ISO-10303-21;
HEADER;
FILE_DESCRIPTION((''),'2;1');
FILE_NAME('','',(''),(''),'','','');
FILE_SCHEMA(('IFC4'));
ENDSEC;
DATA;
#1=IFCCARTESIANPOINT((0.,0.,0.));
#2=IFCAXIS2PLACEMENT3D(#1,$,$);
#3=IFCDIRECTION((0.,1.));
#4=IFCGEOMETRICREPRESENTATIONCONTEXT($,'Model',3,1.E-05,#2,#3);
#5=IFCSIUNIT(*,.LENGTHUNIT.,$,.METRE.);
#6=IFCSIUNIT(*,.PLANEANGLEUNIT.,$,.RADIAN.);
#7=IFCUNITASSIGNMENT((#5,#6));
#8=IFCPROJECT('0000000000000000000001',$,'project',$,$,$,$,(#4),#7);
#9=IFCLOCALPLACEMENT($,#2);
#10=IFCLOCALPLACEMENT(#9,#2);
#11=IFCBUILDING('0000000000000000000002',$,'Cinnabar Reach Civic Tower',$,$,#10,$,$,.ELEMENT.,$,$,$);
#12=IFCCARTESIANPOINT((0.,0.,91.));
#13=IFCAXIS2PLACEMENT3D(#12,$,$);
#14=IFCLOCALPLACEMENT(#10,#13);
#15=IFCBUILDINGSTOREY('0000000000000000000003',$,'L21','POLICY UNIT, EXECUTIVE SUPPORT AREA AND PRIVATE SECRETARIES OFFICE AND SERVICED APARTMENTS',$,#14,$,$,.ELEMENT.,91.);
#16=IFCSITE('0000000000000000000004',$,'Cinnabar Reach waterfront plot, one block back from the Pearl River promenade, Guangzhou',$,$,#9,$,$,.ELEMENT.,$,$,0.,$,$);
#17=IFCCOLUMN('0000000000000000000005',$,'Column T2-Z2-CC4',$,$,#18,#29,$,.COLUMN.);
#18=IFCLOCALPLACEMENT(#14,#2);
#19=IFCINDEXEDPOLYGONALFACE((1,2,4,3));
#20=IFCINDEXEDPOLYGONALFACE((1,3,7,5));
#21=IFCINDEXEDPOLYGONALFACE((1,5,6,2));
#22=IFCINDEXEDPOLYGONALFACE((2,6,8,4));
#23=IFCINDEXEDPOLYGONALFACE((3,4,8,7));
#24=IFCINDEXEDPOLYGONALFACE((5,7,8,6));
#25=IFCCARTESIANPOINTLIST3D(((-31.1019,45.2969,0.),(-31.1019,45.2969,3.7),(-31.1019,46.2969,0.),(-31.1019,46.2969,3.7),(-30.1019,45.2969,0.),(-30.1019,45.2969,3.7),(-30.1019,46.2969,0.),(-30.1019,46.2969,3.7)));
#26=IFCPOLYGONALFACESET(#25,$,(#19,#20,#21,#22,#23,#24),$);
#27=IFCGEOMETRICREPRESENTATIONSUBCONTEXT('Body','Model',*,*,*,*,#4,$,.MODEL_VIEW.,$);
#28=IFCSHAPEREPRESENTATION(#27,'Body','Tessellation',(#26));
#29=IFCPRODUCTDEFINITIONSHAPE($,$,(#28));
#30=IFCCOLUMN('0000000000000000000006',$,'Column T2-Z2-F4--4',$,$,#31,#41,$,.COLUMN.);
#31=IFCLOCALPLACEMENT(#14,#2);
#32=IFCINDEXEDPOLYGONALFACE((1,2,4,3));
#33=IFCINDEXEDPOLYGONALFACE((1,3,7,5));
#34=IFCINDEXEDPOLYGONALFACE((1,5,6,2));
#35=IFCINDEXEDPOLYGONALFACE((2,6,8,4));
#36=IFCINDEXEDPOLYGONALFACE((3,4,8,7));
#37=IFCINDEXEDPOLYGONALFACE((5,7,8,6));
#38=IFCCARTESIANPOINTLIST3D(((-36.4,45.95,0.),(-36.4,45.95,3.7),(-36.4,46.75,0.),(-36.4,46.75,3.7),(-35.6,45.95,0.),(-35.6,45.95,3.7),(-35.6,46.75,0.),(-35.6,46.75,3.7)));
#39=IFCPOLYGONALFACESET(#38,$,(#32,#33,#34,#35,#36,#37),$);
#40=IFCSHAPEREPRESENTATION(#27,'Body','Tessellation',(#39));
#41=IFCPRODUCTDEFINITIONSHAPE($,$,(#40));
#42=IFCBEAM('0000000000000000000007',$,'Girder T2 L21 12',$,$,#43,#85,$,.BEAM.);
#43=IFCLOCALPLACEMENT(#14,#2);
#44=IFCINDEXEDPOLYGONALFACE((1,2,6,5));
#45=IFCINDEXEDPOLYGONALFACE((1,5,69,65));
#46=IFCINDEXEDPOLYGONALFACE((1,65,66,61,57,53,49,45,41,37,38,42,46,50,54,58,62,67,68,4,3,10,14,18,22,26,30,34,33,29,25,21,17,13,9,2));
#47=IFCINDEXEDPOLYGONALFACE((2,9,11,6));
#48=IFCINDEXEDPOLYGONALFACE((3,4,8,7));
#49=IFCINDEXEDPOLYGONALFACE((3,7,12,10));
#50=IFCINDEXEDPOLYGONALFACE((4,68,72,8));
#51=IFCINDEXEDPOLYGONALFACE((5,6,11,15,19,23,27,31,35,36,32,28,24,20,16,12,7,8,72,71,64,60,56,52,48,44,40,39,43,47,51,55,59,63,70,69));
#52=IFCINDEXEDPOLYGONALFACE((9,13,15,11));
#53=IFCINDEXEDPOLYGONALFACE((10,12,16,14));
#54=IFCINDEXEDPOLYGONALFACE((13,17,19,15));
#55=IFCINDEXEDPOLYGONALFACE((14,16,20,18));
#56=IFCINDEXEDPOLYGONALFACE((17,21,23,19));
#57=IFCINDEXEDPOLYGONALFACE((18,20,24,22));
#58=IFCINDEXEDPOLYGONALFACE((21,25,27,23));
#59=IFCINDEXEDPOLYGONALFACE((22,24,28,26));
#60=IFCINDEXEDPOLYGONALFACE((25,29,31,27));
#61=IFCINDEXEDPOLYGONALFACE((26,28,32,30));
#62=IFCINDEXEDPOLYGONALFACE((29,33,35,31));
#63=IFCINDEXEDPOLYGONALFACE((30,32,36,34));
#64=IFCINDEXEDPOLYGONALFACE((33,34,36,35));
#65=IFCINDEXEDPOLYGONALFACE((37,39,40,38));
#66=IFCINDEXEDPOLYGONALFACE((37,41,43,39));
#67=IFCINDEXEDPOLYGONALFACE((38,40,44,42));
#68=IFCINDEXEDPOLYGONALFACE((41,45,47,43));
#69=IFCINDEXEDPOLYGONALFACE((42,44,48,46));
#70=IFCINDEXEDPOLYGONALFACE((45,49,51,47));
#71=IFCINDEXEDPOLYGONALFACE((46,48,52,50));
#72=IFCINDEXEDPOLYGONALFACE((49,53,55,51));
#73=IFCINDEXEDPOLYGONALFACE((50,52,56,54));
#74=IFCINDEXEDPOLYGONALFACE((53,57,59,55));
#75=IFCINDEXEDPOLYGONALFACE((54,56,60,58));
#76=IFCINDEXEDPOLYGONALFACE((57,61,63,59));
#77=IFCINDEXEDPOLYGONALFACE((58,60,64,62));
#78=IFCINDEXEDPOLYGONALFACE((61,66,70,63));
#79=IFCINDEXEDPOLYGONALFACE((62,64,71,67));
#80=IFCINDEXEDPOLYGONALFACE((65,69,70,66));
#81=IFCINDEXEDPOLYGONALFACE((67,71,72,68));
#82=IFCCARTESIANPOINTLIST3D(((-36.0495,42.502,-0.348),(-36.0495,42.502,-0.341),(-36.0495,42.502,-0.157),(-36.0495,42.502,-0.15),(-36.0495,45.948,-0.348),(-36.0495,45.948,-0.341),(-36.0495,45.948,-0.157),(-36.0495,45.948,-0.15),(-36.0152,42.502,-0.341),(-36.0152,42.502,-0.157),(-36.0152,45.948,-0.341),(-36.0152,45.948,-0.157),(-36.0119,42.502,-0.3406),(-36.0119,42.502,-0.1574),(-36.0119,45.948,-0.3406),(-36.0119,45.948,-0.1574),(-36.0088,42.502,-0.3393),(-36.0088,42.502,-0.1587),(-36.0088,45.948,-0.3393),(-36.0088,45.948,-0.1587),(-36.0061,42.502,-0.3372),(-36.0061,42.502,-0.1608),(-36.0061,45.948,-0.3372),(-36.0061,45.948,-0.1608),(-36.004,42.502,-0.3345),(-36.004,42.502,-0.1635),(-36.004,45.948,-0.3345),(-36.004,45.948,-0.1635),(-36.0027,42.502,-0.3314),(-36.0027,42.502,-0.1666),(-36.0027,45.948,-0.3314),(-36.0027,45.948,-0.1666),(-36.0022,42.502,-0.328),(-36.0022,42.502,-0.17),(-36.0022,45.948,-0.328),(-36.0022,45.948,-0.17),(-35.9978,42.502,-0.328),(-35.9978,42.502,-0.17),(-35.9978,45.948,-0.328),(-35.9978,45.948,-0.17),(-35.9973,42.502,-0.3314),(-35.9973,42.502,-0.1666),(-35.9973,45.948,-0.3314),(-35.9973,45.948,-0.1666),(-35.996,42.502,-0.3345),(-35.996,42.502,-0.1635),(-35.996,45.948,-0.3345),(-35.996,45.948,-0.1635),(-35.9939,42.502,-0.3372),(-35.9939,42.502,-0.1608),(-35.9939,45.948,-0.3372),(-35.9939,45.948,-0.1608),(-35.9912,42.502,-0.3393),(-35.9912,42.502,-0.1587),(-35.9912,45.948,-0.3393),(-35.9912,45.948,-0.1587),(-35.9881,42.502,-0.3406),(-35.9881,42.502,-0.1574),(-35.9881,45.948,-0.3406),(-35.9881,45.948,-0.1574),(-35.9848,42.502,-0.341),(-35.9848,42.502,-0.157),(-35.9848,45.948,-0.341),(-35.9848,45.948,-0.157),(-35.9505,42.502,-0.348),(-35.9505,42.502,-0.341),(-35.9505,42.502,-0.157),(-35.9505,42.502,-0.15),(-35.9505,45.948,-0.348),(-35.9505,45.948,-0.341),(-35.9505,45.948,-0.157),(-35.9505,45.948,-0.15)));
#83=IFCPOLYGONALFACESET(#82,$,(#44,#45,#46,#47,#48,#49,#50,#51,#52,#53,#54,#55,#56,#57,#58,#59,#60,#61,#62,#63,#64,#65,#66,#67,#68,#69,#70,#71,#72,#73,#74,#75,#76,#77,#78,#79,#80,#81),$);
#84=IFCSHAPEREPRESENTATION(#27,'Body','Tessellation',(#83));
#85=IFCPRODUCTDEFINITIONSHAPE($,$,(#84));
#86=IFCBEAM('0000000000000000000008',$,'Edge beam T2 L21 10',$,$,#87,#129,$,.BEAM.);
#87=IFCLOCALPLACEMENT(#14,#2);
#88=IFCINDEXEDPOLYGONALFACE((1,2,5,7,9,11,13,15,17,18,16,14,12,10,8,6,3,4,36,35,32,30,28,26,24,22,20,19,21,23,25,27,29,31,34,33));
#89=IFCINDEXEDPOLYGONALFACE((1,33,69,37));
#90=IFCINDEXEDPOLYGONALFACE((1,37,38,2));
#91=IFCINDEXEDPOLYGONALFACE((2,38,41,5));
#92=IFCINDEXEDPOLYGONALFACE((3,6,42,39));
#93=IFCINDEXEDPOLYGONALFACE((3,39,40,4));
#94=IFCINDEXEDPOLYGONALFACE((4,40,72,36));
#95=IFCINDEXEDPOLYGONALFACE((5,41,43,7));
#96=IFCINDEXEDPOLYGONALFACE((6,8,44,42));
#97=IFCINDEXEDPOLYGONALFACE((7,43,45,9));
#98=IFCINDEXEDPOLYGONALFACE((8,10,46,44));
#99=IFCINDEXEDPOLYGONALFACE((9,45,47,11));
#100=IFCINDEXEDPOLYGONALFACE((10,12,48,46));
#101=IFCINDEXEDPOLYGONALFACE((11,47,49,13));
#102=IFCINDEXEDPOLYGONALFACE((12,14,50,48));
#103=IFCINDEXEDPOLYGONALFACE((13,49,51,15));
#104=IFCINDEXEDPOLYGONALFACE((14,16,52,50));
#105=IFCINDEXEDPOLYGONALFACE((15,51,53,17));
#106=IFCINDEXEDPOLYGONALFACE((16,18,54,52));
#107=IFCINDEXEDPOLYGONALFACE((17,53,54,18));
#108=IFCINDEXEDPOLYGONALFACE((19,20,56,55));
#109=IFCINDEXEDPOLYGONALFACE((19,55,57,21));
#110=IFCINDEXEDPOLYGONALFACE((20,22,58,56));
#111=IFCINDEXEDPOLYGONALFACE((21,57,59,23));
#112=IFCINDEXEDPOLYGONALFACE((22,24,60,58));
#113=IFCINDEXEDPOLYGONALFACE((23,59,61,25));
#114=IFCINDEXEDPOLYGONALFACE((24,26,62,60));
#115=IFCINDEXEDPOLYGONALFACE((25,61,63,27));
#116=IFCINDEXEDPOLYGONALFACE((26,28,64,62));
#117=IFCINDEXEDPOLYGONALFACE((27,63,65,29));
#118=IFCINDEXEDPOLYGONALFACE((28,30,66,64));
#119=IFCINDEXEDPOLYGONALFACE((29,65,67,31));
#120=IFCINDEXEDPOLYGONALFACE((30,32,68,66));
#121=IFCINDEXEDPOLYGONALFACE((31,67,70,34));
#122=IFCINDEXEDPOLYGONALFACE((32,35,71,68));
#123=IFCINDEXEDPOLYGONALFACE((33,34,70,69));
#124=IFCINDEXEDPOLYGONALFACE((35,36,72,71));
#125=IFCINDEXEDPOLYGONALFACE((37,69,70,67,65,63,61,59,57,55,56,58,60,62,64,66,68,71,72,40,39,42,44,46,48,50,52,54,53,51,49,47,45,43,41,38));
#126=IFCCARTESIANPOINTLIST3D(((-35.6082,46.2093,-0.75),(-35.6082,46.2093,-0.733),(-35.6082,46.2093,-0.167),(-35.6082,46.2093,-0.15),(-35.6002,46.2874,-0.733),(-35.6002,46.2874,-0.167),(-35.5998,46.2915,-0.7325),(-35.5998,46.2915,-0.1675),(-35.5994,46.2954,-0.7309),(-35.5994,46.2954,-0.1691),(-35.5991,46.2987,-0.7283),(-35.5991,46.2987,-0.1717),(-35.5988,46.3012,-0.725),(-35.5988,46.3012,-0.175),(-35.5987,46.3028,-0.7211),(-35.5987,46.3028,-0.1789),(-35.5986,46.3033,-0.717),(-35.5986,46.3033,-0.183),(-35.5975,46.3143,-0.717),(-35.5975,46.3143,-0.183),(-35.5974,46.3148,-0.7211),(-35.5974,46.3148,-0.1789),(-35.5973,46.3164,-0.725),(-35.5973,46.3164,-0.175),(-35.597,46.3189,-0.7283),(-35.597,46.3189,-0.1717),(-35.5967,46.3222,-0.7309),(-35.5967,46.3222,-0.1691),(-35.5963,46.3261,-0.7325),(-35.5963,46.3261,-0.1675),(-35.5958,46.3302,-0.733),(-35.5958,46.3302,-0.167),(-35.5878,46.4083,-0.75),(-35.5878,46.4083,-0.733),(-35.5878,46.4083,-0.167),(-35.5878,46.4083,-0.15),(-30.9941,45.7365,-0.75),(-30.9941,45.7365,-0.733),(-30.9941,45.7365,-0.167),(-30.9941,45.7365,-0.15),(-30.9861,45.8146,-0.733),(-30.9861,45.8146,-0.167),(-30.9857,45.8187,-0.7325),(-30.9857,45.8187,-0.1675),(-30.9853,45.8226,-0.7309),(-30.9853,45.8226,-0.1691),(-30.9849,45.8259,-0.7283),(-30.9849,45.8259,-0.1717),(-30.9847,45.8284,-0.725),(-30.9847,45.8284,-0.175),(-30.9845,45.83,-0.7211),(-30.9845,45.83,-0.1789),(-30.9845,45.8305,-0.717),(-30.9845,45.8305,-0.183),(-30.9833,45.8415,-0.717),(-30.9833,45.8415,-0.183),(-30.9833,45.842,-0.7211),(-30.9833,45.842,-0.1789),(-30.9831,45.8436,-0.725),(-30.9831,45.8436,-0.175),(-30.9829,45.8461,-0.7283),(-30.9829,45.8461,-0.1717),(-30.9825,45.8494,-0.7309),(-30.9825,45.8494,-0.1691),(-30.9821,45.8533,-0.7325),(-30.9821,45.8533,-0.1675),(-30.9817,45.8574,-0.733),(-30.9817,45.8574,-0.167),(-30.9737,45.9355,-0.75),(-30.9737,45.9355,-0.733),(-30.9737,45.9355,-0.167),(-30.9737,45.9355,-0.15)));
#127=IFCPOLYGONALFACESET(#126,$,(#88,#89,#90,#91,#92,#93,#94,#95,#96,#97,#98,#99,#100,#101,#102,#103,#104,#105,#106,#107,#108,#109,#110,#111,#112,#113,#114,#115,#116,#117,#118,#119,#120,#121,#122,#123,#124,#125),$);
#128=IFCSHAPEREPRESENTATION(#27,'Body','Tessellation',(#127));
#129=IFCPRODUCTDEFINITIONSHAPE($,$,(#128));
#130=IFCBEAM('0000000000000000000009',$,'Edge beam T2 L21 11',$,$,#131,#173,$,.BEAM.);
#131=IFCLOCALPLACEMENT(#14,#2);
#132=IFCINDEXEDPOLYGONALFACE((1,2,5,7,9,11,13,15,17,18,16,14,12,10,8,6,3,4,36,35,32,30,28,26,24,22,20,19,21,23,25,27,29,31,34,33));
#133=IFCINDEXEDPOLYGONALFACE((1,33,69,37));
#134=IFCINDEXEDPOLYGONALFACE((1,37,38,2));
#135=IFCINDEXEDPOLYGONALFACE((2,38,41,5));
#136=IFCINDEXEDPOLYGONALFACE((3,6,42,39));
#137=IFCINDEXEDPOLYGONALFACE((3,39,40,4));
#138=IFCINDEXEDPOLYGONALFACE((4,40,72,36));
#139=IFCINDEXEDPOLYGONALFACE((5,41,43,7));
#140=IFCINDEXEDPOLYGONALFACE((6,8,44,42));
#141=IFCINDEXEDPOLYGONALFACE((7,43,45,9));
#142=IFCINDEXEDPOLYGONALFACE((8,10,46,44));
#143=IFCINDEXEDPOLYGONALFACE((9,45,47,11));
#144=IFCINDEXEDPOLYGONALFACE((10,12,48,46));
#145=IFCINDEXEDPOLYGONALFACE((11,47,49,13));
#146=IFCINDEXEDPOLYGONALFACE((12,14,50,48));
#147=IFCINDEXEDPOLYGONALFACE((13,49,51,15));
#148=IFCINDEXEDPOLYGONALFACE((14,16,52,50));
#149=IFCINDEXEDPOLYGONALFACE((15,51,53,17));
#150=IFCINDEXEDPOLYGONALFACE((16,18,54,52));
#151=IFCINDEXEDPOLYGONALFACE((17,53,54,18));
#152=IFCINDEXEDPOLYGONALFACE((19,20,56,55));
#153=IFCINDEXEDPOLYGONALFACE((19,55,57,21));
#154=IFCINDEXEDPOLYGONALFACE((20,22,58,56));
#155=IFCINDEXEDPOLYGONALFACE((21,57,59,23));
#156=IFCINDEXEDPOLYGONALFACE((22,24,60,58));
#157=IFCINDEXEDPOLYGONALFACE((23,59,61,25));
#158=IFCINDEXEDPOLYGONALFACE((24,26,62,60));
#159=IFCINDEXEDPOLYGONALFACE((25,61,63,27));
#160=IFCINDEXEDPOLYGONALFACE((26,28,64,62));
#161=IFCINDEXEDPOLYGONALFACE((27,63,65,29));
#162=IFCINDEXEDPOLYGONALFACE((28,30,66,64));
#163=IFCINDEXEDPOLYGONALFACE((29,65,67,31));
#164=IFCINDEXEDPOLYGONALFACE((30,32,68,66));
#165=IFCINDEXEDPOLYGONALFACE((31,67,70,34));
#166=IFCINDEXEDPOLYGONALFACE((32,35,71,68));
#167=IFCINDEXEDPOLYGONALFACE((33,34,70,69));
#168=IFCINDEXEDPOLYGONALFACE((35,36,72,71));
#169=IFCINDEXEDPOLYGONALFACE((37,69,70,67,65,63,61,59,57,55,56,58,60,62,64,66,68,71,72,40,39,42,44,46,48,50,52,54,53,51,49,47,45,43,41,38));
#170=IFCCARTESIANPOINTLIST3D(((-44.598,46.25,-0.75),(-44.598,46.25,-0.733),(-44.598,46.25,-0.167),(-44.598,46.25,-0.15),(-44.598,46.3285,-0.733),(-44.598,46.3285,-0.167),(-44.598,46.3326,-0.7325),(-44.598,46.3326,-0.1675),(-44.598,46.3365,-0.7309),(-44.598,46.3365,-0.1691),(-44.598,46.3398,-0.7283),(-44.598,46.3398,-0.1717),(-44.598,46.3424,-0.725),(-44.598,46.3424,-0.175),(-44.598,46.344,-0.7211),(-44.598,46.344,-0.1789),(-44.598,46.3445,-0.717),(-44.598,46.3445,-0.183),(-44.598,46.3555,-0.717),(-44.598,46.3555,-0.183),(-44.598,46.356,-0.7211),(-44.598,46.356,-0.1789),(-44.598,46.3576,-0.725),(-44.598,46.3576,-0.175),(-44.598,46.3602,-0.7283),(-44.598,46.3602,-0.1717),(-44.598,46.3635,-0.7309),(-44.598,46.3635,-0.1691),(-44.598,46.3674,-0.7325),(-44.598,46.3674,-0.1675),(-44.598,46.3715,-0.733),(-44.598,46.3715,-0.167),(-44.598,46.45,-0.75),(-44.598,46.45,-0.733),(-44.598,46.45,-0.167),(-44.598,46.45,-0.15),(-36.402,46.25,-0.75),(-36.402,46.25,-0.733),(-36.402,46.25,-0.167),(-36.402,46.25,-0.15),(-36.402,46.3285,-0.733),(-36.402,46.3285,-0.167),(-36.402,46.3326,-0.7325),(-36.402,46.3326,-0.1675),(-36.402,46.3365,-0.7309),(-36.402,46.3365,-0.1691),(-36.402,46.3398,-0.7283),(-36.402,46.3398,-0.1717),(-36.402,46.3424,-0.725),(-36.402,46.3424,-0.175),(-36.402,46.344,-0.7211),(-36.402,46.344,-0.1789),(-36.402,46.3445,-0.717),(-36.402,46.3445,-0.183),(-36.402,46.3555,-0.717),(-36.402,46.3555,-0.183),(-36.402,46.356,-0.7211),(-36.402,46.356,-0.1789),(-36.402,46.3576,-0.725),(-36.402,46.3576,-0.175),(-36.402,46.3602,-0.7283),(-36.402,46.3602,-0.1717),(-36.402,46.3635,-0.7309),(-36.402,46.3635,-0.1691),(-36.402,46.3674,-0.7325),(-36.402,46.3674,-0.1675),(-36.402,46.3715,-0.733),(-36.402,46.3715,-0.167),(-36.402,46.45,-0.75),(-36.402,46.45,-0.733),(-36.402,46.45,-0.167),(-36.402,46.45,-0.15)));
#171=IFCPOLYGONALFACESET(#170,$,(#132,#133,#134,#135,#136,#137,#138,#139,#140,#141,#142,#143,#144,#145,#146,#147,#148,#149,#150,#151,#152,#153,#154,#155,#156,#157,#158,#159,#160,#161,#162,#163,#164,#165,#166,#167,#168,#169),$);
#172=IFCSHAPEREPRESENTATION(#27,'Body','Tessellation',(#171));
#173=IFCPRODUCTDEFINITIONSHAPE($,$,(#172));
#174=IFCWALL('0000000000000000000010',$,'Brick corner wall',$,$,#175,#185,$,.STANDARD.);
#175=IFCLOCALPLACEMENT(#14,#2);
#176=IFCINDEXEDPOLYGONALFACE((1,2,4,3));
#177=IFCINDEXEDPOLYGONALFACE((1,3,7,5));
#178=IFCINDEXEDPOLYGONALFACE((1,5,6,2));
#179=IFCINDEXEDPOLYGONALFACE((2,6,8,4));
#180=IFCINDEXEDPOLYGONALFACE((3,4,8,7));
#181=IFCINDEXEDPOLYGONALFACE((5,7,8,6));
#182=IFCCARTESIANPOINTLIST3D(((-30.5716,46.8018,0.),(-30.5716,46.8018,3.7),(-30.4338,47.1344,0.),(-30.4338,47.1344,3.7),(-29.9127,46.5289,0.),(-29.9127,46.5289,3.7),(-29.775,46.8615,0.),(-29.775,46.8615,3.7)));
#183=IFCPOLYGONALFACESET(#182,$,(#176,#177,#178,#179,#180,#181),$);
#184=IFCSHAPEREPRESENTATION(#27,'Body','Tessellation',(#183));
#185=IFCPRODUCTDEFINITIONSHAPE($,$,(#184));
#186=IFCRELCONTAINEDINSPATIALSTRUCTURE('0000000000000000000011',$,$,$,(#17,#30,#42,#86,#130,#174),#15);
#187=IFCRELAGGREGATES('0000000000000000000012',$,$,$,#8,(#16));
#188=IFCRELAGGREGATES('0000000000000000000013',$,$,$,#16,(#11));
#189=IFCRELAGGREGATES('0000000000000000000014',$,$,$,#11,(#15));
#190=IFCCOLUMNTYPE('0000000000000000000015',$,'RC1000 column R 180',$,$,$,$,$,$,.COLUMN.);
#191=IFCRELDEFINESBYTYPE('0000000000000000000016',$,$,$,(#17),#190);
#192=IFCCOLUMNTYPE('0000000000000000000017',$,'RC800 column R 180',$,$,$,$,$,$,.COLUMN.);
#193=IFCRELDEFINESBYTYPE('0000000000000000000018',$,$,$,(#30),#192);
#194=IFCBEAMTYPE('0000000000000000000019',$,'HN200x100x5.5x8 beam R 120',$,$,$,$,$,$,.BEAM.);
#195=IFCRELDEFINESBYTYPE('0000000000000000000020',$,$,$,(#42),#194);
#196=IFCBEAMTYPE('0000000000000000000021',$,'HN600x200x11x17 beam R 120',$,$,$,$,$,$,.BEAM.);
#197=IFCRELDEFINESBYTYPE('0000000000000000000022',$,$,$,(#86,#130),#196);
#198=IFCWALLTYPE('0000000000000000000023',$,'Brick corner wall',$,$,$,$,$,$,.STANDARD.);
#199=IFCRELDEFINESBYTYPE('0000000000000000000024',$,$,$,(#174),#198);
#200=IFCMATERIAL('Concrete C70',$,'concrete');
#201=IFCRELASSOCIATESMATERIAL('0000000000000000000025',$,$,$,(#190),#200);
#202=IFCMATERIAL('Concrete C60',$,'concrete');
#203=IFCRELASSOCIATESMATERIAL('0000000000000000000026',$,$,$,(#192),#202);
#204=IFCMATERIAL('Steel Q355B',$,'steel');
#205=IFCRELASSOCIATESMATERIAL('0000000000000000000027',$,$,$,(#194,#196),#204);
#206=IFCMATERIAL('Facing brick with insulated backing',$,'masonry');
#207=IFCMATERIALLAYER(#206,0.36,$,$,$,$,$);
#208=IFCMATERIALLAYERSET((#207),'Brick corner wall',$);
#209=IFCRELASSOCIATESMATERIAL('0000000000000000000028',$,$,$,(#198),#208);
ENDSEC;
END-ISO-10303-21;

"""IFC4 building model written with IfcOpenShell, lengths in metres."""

from ifc_helpers import new_model, si_unit, direction, frame, frame_2d, origin, origin_2d, place, context, subcontext, project, spatial, rectangle, i_section, extrude, material, layer, layer_set, material_profile, profile_set, type_object, element, save


model = new_model("IFC4")

# Units and contexts
model_context = context("Model", 3, precision=1e-05, world=origin(), true_north=direction((0.0, 1.0)))
body_context = subcontext(model_context, "Body", "Model", "MODEL_VIEW")
ifc_project = project(units=[si_unit("LENGTHUNIT", "METRE"), si_unit("PLANEANGLEUNIT", "RADIAN")], contexts=[model_context])

# Site, building, storey
site_placement = place(None, origin())
site = spatial("IfcSite", under=ifc_project, at=site_placement, Name="Cinnabar Reach waterfront plot, one block back from the Pearl River promenade, Guangzhou", CompositionType="ELEMENT", RefElevation=0.0)
building_placement = place(site_placement, origin())
building = spatial("IfcBuilding", under=site, at=building_placement, Name="Cinnabar Reach Civic Tower", CompositionType="ELEMENT")
storey_placement = place(building_placement, frame((0.0, 0.0, 91.0)))
storey = spatial("IfcBuildingStorey", under=building, at=storey_placement, Name="L21", Description="POLICY UNIT, EXECUTIVE SUPPORT AREA AND PRIVATE SECRETARIES OFFICE AND SERVICED APARTMENTS", CompositionType="ELEMENT", Elevation=91.0)

# Columns
ifc_material_1 = material(Name="Concrete C70", Category="concrete")
ifc_material_profile_1 = material_profile(ifc_material_1, rectangle(XDim=1.0, YDim=1.0, at=origin_2d()), Name="RC1000")
ifc_profile_set_1 = profile_set([ifc_material_profile_1], Name="Concrete C70")
column_type_1 = type_object("IfcColumnType", Name="RC1000 column R 180", PredefinedType="COLUMN", material=ifc_profile_set_1)
column_1_placement = place(storey_placement, frame((-30.6019, 45.7969, 0.0), z_axis=(0.0, 0.0, 1.0), x_axis=(1.0, 0.0, 0.0)))
element("IfcColumn", 1, at=column_1_placement, inside=storey, type_object=column_type_1, Name="Column T2-Z2-CC4", PredefinedType="COLUMN", context=body_context, shape_type="SweptSolid", body=[
    extrude(rectangle(XDim=1.0, YDim=1.0, at=origin_2d()), origin(), (0.0, 0.0, 1.0), 3.7),
])
ifc_material_2 = material(Name="Concrete C60", Category="concrete")
ifc_material_profile_2 = material_profile(ifc_material_2, rectangle(XDim=0.8, YDim=0.8, at=origin_2d()), Name="RC800")
ifc_profile_set_2 = profile_set([ifc_material_profile_2], Name="Concrete C60")
column_type_2 = type_object("IfcColumnType", Name="RC800 column R 180", PredefinedType="COLUMN", material=ifc_profile_set_2)
column_2_placement = place(storey_placement, frame((-36.0, 46.35, 0.0), z_axis=(0.0, 0.0, 1.0), x_axis=(1.0, 0.0, 0.0)))
element("IfcColumn", 2, at=column_2_placement, inside=storey, type_object=column_type_2, Name="Column T2-Z2-F4--4", PredefinedType="COLUMN", context=body_context, shape_type="SweptSolid", body=[
    extrude(rectangle(XDim=0.8, YDim=0.8, at=origin_2d()), origin(), (0.0, 0.0, 1.0), 3.7),
])

# Beams
ifc_material_3 = material(Name="Steel Q355B", Category="steel")
ifc_material_profile_3 = material_profile(ifc_material_3, i_section(OverallWidth=0.099, OverallDepth=0.198, WebThickness=0.0045, FlangeThickness=0.007, FilletRadius=0.013, at=origin_2d()), Name="HN200x100x5.5x8")
ifc_profile_set_3 = profile_set([ifc_material_profile_3], Name="Steel Q355B")
beam_type_1 = type_object("IfcBeamType", Name="HN200x100x5.5x8 beam R 120", PredefinedType="BEAM", material=ifc_profile_set_3)
beam_1_placement = place(storey_placement, frame((-36.0, 42.502, -0.249), z_axis=(0.0, 1.0, 0.0), x_axis=(-1.0, 0.0, 0.0)))
element("IfcBeam", 3, at=beam_1_placement, inside=storey, type_object=beam_type_1, Name="Girder T2 L21 12", PredefinedType="BEAM", context=body_context, shape_type="SweptSolid", body=[
    extrude(i_section(OverallWidth=0.099, OverallDepth=0.198, WebThickness=0.0045, FlangeThickness=0.007, FilletRadius=0.013, at=origin_2d()), origin(), (0.0, 0.0, 1.0), 3.446),
])
ifc_material_profile_4 = material_profile(ifc_material_3, i_section(OverallWidth=0.2, OverallDepth=0.6, WebThickness=0.011, FlangeThickness=0.017, FilletRadius=0.016, at=origin_2d()), Name="HN600x200x11x17")
ifc_profile_set_4 = profile_set([ifc_material_profile_4], Name="Steel Q355B")
beam_type_2 = type_object("IfcBeamType", Name="HN600x200x11x17 beam R 120", PredefinedType="BEAM", material=ifc_profile_set_4)
beam_2_placement = place(storey_placement, frame((-30.9839, 45.836, -0.45), z_axis=(-0.994791, 0.101935, 0.0), x_axis=(-0.101935, -0.994791, 0.0)))
element("IfcBeam", 4, at=beam_2_placement, inside=storey, type_object=beam_type_2, Name="Edge beam T2 L21 10", PredefinedType="BEAM", context=body_context, shape_type="SweptSolid", body=[
    extrude(i_section(OverallWidth=0.2, OverallDepth=0.6, WebThickness=0.011, FlangeThickness=0.017, FilletRadius=0.016, at=origin_2d()), origin(), (0.0, 0.0, 1.0), 4.6383),
])
beam_3_placement = place(storey_placement, frame((-36.402, 46.35, -0.45), z_axis=(-1.0, 0.0, 0.0), x_axis=(0.0, -1.0, 0.0)))
element("IfcBeam", 5, at=beam_3_placement, inside=storey, type_object=beam_type_2, Name="Edge beam T2 L21 11", PredefinedType="BEAM", context=body_context, shape_type="SweptSolid", body=[
    extrude(i_section(OverallWidth=0.2, OverallDepth=0.6, WebThickness=0.011, FlangeThickness=0.017, FilletRadius=0.016, at=origin_2d()), origin(), (0.0, 0.0, 1.0), 8.196),
])

# Wall
ifc_material_4 = material(Name="Facing brick with insulated backing", Category="masonry")
ifc_layer_1 = layer(ifc_material_4, 0.36)
ifc_layer_set_1 = layer_set([ifc_layer_1], Name="Brick corner wall")
wall_type_1 = type_object("IfcWallType", Name="Brick corner wall", PredefinedType="STANDARD", material=ifc_layer_set_1)
for number, where, z_axis, x_axis, name in (
    (6, (-29.8439, 46.6952, 0.0), (0.0, 0.0, 1.0), (-0.923872, 0.382703, 0.0), "Brick corner wall"),
):
    element("IfcWall", number, at=place(storey_placement, frame(where, z_axis=z_axis, x_axis=x_axis)), inside=storey, type_object=wall_type_1, Name=name, PredefinedType="STANDARD", context=body_context, shape_type="SweptSolid", body=[
        extrude(rectangle(XDim=0.7131, YDim=0.36, at=frame_2d((0.3565, 0.0))), origin(), (0.0, 0.0, 1.0), 3.7),
    ])

save(model, "model.ifc")
